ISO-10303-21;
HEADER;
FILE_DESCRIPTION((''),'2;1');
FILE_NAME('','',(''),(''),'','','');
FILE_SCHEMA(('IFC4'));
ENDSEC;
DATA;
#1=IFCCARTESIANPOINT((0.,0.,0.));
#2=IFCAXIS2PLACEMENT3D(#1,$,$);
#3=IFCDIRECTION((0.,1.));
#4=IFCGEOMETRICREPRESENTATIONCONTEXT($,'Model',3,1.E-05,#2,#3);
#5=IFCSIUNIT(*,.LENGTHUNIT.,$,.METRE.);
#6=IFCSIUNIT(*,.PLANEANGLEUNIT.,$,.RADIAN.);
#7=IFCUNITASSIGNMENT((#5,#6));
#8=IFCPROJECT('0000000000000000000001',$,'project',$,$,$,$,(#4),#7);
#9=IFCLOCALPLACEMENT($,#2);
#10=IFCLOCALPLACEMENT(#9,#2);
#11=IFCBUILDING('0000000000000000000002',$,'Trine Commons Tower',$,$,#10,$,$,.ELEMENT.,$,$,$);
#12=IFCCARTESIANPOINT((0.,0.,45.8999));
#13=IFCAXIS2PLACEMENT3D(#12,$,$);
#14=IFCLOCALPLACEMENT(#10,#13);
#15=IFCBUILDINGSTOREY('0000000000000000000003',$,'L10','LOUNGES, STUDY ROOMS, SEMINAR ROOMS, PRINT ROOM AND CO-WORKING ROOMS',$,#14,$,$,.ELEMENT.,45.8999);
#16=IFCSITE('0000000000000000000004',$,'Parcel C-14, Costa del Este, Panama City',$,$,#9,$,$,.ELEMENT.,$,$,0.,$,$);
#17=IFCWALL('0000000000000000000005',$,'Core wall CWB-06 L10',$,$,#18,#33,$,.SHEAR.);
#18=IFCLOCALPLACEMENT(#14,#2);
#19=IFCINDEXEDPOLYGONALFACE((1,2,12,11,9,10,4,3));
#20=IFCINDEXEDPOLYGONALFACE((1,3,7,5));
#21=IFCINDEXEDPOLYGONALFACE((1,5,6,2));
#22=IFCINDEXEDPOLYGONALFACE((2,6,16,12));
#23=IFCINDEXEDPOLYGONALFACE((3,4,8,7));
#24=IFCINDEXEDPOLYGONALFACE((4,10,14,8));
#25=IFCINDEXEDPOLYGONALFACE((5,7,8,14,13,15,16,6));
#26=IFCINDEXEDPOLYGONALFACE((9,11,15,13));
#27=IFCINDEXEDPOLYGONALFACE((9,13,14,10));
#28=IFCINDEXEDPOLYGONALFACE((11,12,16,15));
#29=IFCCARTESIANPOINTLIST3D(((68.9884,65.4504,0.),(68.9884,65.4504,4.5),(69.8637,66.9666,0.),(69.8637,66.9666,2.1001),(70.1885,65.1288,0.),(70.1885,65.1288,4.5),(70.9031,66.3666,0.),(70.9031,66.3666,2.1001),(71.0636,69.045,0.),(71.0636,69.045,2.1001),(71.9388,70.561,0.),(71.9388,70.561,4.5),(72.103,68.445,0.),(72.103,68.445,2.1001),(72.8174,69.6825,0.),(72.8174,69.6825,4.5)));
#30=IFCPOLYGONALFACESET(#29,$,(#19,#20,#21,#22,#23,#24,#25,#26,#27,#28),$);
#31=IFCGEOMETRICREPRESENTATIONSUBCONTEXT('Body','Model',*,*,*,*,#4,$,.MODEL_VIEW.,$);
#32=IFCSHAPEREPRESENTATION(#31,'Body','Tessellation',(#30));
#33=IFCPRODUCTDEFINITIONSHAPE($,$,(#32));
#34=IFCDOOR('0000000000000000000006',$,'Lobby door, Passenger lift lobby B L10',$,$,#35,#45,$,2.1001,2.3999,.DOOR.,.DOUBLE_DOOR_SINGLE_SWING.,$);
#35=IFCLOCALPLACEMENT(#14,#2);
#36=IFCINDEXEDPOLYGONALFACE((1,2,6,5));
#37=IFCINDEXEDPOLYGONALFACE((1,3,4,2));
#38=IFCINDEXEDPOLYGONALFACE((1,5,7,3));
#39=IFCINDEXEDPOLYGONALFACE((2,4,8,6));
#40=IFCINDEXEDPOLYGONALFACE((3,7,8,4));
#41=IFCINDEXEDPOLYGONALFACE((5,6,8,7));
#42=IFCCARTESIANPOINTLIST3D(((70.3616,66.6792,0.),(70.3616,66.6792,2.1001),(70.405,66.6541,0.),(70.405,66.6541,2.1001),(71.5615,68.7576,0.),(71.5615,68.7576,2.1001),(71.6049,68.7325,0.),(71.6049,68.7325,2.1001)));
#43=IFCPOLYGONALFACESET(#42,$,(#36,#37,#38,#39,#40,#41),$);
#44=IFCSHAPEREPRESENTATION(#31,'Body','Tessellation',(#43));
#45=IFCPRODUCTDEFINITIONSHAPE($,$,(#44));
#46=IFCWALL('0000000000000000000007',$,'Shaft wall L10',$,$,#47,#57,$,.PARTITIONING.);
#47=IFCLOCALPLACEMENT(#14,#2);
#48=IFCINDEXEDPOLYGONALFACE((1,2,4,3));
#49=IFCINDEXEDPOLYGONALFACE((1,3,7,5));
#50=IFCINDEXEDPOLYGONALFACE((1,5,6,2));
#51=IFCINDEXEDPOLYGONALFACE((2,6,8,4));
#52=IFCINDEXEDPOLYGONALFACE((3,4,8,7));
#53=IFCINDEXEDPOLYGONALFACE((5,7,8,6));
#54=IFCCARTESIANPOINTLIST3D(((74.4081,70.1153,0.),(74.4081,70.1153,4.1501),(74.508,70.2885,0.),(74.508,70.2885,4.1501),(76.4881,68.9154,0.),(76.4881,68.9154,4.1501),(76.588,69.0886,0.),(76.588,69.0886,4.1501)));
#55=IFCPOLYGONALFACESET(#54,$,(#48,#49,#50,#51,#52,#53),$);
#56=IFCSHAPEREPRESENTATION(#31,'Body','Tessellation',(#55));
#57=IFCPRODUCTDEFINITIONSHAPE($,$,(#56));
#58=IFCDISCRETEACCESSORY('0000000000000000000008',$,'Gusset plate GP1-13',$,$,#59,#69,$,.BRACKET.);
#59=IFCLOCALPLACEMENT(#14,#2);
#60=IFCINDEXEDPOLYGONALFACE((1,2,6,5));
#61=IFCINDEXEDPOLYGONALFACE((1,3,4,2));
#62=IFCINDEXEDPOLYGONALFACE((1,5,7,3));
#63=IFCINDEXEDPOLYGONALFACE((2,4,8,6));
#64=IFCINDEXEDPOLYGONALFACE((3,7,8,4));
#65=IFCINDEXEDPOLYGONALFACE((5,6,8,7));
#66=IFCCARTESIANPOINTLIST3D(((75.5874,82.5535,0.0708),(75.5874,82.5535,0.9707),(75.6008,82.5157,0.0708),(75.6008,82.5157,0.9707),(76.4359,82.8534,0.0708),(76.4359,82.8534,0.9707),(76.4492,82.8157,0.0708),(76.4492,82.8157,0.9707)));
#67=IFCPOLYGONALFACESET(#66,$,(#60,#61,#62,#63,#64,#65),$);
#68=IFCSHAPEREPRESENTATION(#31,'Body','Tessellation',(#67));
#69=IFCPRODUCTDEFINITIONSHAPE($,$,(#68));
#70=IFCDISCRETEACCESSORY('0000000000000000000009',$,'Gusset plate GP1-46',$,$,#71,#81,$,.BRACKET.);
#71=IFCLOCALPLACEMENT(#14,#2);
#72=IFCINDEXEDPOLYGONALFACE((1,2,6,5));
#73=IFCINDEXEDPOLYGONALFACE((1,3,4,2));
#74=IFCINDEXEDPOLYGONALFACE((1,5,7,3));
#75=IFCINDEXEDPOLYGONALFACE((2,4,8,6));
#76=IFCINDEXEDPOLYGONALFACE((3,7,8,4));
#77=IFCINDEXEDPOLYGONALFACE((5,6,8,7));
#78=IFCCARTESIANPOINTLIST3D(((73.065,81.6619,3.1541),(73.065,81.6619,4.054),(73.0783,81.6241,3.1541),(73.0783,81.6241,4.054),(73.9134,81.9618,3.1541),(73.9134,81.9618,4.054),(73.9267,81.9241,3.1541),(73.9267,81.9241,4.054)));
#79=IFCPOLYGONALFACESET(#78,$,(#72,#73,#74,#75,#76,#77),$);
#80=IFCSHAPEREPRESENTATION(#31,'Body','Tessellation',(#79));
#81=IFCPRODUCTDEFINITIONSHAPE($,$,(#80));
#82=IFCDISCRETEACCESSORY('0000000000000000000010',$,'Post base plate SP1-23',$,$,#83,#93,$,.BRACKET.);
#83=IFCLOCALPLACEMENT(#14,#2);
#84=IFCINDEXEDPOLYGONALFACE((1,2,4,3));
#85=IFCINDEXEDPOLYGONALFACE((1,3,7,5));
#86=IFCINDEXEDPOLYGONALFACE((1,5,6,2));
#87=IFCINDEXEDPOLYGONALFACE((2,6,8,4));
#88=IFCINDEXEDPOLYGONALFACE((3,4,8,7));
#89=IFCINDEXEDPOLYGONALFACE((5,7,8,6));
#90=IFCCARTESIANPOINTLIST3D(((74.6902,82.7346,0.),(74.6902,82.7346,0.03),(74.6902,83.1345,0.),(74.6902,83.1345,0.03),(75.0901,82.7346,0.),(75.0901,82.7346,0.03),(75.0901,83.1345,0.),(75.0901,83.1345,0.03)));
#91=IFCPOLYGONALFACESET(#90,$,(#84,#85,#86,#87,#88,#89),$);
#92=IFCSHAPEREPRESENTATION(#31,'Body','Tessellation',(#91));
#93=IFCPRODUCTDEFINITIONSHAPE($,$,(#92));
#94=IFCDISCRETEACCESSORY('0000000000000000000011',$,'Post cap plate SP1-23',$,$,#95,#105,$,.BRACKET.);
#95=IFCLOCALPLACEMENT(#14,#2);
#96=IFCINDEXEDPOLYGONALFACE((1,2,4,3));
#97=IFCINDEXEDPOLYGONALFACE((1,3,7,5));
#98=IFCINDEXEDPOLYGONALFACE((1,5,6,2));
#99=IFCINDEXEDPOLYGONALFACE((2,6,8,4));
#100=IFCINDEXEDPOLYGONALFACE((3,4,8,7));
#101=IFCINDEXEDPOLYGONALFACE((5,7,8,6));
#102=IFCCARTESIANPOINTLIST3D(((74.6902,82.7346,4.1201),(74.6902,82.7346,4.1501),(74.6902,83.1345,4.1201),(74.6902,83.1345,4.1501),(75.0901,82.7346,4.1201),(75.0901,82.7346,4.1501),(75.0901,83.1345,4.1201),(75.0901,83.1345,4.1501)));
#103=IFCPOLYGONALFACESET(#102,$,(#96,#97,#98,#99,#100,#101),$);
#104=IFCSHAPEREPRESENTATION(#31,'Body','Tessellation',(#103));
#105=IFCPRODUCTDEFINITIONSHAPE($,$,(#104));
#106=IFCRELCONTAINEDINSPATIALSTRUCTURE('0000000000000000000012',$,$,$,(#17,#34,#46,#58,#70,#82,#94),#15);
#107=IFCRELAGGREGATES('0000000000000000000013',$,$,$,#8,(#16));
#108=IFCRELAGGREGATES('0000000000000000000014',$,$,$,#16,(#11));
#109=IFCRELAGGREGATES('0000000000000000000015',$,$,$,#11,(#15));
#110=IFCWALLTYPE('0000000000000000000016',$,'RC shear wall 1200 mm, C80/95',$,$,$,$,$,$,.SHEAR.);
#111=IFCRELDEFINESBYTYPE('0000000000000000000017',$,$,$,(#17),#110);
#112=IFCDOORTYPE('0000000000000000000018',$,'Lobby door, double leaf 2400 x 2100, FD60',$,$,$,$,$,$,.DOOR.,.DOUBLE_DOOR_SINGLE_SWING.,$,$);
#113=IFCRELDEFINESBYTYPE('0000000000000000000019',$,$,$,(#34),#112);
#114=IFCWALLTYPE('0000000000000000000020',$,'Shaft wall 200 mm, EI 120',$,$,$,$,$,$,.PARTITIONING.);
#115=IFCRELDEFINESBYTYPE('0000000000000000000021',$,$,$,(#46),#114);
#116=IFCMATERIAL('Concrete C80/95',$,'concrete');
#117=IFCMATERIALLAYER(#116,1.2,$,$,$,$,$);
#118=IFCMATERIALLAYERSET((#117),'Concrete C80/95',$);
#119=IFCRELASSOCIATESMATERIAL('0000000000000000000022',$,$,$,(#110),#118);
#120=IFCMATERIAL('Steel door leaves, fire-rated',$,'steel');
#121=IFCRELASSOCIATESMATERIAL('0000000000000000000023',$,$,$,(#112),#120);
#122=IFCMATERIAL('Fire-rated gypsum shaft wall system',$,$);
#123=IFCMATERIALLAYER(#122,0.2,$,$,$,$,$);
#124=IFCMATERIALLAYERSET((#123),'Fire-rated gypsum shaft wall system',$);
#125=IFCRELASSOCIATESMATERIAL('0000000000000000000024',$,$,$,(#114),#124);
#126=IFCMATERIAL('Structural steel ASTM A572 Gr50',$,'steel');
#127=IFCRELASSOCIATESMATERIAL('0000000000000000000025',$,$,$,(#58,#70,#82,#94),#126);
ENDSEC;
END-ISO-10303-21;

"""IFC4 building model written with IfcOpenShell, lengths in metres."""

from ifc_helpers import new_model, si_unit, direction, frame, frame_2d, origin, origin_2d, place, context, subcontext, project, spatial, polyline, rectangle, outline, extrude, material, layer, layer_set, type_object, element, fill, save


model = new_model("IFC4")

# Units and contexts
model_context = context("Model", 3, precision=1e-05, world=origin(), true_north=direction((0.0, 1.0)))
body_context = subcontext(model_context, "Body", "Model", "MODEL_VIEW")
ifc_project = project(units=[si_unit("LENGTHUNIT", "METRE"), si_unit("PLANEANGLEUNIT", "RADIAN")], contexts=[model_context])

# Site, building, storey
site_placement = place(None, origin())
site = spatial("IfcSite", under=ifc_project, at=site_placement, Name="Parcel C-14, Costa del Este, Panama City", CompositionType="ELEMENT", RefElevation=0.0)
building_placement = place(site_placement, origin())
building = spatial("IfcBuilding", under=site, at=building_placement, Name="Trine Commons Tower", CompositionType="ELEMENT")
storey_placement = place(building_placement, frame((0.0, 0.0, 45.8999)))
storey = spatial("IfcBuildingStorey", under=building, at=storey_placement, Name="L10", Description="LOUNGES, STUDY ROOMS, SEMINAR ROOMS, PRINT ROOM AND CO-WORKING ROOMS", CompositionType="ELEMENT", Elevation=45.8999)

# Wall, opening, door
ifc_material_1 = material(Name="Concrete C80/95", Category="concrete")
ifc_layer_1 = layer(ifc_material_1, 1.2)
ifc_layer_set_1 = layer_set([ifc_layer_1], Name="Concrete C80/95")
wall_type_1 = type_object("IfcWallType", Name="RC shear wall 1200 mm, C80/95", PredefinedType="SHEAR", material=ifc_layer_set_1)
wall_1_placement = place(storey_placement, frame((72.4585, 70.261, 0.0), z_axis=(0.0, 0.0, 1.0), x_axis=(-0.499979, -0.866037, 0.0)))
wall_1 = element("IfcWall", 1, at=wall_1_placement, inside=storey, type_object=wall_type_1, Name="Core wall CWB-06 L10", PredefinedType="SHEAR", context=body_context, shape_type="SweptSolid", body=[
    extrude(outline(polyline([(0.0, -0.6001), (5.9011, -0.6001), (5.5796, 0.6001), (0.3215, 0.6001), (0.0, -0.6001)])), origin(), (0.0, 0.0, 1.0), 4.5),
])
opening_1_placement = place(wall_1_placement, frame((1.7505, 0.0, 0.0)))
opening_1 = element("IfcOpeningElement", 2, at=opening_1_placement, cuts=wall_1, PredefinedType="OPENING", context=body_context, shape_type="SweptSolid", body=[
    extrude(rectangle(XDim=2.3999, YDim=2.1001, at=frame_2d((1.2, 1.05))), frame((0.0, 0.6099, 0.0), z_axis=(0.0, -1.0, 0.0), x_axis=(1.0, 0.0, 0.0)), (0.0, 0.0, 1.0), 1.22),
])
ifc_material_2 = material(Name="Steel door leaves, fire-rated", Category="steel")
door_type_1 = type_object("IfcDoorType", Name="Lobby door, double leaf 2400 x 2100, FD60", OperationType="DOUBLE_DOOR_SINGLE_SWING", PredefinedType="DOOR", material=ifc_material_2)
door_1_placement = place(opening_1_placement, origin())
door_1 = element("IfcDoor", 3, at=door_1_placement, inside=storey, type_object=door_type_1, Name="Lobby door, Passenger lift lobby B L10", OperationType="DOUBLE_DOOR_SINGLE_SWING", OverallHeight=2.1001, OverallWidth=2.3999, PredefinedType="DOOR", context=body_context, shape_type="SweptSolid", body=[
    extrude(rectangle(XDim=2.3999, YDim=2.1001, at=frame_2d((1.2, 1.05))), frame((0.0, 0.0249, 0.0), z_axis=(0.0, -1.0, 0.0), x_axis=(1.0, 0.0, 0.0)), (0.0, 0.0, 1.0), 0.05),
])
fill(opening_1, door_1)

# Wall
ifc_material_3 = material(Name="Fire-rated gypsum shaft wall system")
ifc_layer_2 = layer(ifc_material_3, 0.2)
ifc_layer_set_2 = layer_set([ifc_layer_2], Name="Fire-rated gypsum shaft wall system")
wall_type_2 = type_object("IfcWallType", Name="Shaft wall 200 mm, EI 120", PredefinedType="PARTITIONING", material=ifc_layer_set_2)
wall_2_placement = place(storey_placement, frame((76.5381, 69.002, 0.0), z_axis=(0.0, 0.0, 1.0), x_axis=(-0.866203, 0.499693, 0.0)))
element("IfcWall", 4, at=wall_2_placement, inside=storey, type_object=wall_type_2, Name="Shaft wall L10", PredefinedType="PARTITIONING", context=body_context, shape_type="SweptSolid", body=[
    extrude(rectangle(XDim=2.4014, YDim=0.2, at=frame_2d((1.2007, 0.0))), origin(), (0.0, 0.0, 1.0), 4.1501),
])

# Discrete accessories
ifc_material_4 = material(Name="Structural steel ASTM A572 Gr50", Category="steel")
for number, where, z_axis, x_axis, name in (
    (5, (76.0183, 82.6846, 0.0708), (0.0, 0.0, 1.0), (-0.942822, -0.333297, 0.0), "Gusset plate GP1-13"),
    (6, (73.4958, 81.793, 3.1541), (0.0, 0.0, 1.0), (-0.942822, -0.333297, 0.0), "Gusset plate GP1-46"),
):
    element("IfcDiscreteAccessory", number, at=place(storey_placement, frame(where, z_axis=z_axis, x_axis=x_axis)), inside=storey, material=ifc_material_4, Name=name, PredefinedType="BRACKET", context=body_context, shape_type="SweptSolid", body=[
        extrude(rectangle(XDim=0.8999, YDim=0.04, at=origin_2d()), origin(), (0.0, 0.0, 1.0), 0.8999),
    ])
for number, where, z_axis, x_axis, name in (
    (7, (74.8901, 82.9346, 0.0), (0.0, 0.0, 1.0), (1.0, 0.0, 0.0), "Post base plate SP1-23"),
    (8, (74.8901, 82.9346, 4.1201), (0.0, 0.0, 1.0), (1.0, 0.0, 0.0), "Post cap plate SP1-23"),
):
    element("IfcDiscreteAccessory", number, at=place(storey_placement, frame(where, z_axis=z_axis, x_axis=x_axis)), inside=storey, material=ifc_material_4, Name=name, PredefinedType="BRACKET", context=body_context, shape_type="SweptSolid", body=[
        extrude(rectangle(XDim=0.3999, YDim=0.3999, at=origin_2d()), origin(), (0.0, 0.0, 1.0), 0.03),
    ])

save(model, "model.ifc")
